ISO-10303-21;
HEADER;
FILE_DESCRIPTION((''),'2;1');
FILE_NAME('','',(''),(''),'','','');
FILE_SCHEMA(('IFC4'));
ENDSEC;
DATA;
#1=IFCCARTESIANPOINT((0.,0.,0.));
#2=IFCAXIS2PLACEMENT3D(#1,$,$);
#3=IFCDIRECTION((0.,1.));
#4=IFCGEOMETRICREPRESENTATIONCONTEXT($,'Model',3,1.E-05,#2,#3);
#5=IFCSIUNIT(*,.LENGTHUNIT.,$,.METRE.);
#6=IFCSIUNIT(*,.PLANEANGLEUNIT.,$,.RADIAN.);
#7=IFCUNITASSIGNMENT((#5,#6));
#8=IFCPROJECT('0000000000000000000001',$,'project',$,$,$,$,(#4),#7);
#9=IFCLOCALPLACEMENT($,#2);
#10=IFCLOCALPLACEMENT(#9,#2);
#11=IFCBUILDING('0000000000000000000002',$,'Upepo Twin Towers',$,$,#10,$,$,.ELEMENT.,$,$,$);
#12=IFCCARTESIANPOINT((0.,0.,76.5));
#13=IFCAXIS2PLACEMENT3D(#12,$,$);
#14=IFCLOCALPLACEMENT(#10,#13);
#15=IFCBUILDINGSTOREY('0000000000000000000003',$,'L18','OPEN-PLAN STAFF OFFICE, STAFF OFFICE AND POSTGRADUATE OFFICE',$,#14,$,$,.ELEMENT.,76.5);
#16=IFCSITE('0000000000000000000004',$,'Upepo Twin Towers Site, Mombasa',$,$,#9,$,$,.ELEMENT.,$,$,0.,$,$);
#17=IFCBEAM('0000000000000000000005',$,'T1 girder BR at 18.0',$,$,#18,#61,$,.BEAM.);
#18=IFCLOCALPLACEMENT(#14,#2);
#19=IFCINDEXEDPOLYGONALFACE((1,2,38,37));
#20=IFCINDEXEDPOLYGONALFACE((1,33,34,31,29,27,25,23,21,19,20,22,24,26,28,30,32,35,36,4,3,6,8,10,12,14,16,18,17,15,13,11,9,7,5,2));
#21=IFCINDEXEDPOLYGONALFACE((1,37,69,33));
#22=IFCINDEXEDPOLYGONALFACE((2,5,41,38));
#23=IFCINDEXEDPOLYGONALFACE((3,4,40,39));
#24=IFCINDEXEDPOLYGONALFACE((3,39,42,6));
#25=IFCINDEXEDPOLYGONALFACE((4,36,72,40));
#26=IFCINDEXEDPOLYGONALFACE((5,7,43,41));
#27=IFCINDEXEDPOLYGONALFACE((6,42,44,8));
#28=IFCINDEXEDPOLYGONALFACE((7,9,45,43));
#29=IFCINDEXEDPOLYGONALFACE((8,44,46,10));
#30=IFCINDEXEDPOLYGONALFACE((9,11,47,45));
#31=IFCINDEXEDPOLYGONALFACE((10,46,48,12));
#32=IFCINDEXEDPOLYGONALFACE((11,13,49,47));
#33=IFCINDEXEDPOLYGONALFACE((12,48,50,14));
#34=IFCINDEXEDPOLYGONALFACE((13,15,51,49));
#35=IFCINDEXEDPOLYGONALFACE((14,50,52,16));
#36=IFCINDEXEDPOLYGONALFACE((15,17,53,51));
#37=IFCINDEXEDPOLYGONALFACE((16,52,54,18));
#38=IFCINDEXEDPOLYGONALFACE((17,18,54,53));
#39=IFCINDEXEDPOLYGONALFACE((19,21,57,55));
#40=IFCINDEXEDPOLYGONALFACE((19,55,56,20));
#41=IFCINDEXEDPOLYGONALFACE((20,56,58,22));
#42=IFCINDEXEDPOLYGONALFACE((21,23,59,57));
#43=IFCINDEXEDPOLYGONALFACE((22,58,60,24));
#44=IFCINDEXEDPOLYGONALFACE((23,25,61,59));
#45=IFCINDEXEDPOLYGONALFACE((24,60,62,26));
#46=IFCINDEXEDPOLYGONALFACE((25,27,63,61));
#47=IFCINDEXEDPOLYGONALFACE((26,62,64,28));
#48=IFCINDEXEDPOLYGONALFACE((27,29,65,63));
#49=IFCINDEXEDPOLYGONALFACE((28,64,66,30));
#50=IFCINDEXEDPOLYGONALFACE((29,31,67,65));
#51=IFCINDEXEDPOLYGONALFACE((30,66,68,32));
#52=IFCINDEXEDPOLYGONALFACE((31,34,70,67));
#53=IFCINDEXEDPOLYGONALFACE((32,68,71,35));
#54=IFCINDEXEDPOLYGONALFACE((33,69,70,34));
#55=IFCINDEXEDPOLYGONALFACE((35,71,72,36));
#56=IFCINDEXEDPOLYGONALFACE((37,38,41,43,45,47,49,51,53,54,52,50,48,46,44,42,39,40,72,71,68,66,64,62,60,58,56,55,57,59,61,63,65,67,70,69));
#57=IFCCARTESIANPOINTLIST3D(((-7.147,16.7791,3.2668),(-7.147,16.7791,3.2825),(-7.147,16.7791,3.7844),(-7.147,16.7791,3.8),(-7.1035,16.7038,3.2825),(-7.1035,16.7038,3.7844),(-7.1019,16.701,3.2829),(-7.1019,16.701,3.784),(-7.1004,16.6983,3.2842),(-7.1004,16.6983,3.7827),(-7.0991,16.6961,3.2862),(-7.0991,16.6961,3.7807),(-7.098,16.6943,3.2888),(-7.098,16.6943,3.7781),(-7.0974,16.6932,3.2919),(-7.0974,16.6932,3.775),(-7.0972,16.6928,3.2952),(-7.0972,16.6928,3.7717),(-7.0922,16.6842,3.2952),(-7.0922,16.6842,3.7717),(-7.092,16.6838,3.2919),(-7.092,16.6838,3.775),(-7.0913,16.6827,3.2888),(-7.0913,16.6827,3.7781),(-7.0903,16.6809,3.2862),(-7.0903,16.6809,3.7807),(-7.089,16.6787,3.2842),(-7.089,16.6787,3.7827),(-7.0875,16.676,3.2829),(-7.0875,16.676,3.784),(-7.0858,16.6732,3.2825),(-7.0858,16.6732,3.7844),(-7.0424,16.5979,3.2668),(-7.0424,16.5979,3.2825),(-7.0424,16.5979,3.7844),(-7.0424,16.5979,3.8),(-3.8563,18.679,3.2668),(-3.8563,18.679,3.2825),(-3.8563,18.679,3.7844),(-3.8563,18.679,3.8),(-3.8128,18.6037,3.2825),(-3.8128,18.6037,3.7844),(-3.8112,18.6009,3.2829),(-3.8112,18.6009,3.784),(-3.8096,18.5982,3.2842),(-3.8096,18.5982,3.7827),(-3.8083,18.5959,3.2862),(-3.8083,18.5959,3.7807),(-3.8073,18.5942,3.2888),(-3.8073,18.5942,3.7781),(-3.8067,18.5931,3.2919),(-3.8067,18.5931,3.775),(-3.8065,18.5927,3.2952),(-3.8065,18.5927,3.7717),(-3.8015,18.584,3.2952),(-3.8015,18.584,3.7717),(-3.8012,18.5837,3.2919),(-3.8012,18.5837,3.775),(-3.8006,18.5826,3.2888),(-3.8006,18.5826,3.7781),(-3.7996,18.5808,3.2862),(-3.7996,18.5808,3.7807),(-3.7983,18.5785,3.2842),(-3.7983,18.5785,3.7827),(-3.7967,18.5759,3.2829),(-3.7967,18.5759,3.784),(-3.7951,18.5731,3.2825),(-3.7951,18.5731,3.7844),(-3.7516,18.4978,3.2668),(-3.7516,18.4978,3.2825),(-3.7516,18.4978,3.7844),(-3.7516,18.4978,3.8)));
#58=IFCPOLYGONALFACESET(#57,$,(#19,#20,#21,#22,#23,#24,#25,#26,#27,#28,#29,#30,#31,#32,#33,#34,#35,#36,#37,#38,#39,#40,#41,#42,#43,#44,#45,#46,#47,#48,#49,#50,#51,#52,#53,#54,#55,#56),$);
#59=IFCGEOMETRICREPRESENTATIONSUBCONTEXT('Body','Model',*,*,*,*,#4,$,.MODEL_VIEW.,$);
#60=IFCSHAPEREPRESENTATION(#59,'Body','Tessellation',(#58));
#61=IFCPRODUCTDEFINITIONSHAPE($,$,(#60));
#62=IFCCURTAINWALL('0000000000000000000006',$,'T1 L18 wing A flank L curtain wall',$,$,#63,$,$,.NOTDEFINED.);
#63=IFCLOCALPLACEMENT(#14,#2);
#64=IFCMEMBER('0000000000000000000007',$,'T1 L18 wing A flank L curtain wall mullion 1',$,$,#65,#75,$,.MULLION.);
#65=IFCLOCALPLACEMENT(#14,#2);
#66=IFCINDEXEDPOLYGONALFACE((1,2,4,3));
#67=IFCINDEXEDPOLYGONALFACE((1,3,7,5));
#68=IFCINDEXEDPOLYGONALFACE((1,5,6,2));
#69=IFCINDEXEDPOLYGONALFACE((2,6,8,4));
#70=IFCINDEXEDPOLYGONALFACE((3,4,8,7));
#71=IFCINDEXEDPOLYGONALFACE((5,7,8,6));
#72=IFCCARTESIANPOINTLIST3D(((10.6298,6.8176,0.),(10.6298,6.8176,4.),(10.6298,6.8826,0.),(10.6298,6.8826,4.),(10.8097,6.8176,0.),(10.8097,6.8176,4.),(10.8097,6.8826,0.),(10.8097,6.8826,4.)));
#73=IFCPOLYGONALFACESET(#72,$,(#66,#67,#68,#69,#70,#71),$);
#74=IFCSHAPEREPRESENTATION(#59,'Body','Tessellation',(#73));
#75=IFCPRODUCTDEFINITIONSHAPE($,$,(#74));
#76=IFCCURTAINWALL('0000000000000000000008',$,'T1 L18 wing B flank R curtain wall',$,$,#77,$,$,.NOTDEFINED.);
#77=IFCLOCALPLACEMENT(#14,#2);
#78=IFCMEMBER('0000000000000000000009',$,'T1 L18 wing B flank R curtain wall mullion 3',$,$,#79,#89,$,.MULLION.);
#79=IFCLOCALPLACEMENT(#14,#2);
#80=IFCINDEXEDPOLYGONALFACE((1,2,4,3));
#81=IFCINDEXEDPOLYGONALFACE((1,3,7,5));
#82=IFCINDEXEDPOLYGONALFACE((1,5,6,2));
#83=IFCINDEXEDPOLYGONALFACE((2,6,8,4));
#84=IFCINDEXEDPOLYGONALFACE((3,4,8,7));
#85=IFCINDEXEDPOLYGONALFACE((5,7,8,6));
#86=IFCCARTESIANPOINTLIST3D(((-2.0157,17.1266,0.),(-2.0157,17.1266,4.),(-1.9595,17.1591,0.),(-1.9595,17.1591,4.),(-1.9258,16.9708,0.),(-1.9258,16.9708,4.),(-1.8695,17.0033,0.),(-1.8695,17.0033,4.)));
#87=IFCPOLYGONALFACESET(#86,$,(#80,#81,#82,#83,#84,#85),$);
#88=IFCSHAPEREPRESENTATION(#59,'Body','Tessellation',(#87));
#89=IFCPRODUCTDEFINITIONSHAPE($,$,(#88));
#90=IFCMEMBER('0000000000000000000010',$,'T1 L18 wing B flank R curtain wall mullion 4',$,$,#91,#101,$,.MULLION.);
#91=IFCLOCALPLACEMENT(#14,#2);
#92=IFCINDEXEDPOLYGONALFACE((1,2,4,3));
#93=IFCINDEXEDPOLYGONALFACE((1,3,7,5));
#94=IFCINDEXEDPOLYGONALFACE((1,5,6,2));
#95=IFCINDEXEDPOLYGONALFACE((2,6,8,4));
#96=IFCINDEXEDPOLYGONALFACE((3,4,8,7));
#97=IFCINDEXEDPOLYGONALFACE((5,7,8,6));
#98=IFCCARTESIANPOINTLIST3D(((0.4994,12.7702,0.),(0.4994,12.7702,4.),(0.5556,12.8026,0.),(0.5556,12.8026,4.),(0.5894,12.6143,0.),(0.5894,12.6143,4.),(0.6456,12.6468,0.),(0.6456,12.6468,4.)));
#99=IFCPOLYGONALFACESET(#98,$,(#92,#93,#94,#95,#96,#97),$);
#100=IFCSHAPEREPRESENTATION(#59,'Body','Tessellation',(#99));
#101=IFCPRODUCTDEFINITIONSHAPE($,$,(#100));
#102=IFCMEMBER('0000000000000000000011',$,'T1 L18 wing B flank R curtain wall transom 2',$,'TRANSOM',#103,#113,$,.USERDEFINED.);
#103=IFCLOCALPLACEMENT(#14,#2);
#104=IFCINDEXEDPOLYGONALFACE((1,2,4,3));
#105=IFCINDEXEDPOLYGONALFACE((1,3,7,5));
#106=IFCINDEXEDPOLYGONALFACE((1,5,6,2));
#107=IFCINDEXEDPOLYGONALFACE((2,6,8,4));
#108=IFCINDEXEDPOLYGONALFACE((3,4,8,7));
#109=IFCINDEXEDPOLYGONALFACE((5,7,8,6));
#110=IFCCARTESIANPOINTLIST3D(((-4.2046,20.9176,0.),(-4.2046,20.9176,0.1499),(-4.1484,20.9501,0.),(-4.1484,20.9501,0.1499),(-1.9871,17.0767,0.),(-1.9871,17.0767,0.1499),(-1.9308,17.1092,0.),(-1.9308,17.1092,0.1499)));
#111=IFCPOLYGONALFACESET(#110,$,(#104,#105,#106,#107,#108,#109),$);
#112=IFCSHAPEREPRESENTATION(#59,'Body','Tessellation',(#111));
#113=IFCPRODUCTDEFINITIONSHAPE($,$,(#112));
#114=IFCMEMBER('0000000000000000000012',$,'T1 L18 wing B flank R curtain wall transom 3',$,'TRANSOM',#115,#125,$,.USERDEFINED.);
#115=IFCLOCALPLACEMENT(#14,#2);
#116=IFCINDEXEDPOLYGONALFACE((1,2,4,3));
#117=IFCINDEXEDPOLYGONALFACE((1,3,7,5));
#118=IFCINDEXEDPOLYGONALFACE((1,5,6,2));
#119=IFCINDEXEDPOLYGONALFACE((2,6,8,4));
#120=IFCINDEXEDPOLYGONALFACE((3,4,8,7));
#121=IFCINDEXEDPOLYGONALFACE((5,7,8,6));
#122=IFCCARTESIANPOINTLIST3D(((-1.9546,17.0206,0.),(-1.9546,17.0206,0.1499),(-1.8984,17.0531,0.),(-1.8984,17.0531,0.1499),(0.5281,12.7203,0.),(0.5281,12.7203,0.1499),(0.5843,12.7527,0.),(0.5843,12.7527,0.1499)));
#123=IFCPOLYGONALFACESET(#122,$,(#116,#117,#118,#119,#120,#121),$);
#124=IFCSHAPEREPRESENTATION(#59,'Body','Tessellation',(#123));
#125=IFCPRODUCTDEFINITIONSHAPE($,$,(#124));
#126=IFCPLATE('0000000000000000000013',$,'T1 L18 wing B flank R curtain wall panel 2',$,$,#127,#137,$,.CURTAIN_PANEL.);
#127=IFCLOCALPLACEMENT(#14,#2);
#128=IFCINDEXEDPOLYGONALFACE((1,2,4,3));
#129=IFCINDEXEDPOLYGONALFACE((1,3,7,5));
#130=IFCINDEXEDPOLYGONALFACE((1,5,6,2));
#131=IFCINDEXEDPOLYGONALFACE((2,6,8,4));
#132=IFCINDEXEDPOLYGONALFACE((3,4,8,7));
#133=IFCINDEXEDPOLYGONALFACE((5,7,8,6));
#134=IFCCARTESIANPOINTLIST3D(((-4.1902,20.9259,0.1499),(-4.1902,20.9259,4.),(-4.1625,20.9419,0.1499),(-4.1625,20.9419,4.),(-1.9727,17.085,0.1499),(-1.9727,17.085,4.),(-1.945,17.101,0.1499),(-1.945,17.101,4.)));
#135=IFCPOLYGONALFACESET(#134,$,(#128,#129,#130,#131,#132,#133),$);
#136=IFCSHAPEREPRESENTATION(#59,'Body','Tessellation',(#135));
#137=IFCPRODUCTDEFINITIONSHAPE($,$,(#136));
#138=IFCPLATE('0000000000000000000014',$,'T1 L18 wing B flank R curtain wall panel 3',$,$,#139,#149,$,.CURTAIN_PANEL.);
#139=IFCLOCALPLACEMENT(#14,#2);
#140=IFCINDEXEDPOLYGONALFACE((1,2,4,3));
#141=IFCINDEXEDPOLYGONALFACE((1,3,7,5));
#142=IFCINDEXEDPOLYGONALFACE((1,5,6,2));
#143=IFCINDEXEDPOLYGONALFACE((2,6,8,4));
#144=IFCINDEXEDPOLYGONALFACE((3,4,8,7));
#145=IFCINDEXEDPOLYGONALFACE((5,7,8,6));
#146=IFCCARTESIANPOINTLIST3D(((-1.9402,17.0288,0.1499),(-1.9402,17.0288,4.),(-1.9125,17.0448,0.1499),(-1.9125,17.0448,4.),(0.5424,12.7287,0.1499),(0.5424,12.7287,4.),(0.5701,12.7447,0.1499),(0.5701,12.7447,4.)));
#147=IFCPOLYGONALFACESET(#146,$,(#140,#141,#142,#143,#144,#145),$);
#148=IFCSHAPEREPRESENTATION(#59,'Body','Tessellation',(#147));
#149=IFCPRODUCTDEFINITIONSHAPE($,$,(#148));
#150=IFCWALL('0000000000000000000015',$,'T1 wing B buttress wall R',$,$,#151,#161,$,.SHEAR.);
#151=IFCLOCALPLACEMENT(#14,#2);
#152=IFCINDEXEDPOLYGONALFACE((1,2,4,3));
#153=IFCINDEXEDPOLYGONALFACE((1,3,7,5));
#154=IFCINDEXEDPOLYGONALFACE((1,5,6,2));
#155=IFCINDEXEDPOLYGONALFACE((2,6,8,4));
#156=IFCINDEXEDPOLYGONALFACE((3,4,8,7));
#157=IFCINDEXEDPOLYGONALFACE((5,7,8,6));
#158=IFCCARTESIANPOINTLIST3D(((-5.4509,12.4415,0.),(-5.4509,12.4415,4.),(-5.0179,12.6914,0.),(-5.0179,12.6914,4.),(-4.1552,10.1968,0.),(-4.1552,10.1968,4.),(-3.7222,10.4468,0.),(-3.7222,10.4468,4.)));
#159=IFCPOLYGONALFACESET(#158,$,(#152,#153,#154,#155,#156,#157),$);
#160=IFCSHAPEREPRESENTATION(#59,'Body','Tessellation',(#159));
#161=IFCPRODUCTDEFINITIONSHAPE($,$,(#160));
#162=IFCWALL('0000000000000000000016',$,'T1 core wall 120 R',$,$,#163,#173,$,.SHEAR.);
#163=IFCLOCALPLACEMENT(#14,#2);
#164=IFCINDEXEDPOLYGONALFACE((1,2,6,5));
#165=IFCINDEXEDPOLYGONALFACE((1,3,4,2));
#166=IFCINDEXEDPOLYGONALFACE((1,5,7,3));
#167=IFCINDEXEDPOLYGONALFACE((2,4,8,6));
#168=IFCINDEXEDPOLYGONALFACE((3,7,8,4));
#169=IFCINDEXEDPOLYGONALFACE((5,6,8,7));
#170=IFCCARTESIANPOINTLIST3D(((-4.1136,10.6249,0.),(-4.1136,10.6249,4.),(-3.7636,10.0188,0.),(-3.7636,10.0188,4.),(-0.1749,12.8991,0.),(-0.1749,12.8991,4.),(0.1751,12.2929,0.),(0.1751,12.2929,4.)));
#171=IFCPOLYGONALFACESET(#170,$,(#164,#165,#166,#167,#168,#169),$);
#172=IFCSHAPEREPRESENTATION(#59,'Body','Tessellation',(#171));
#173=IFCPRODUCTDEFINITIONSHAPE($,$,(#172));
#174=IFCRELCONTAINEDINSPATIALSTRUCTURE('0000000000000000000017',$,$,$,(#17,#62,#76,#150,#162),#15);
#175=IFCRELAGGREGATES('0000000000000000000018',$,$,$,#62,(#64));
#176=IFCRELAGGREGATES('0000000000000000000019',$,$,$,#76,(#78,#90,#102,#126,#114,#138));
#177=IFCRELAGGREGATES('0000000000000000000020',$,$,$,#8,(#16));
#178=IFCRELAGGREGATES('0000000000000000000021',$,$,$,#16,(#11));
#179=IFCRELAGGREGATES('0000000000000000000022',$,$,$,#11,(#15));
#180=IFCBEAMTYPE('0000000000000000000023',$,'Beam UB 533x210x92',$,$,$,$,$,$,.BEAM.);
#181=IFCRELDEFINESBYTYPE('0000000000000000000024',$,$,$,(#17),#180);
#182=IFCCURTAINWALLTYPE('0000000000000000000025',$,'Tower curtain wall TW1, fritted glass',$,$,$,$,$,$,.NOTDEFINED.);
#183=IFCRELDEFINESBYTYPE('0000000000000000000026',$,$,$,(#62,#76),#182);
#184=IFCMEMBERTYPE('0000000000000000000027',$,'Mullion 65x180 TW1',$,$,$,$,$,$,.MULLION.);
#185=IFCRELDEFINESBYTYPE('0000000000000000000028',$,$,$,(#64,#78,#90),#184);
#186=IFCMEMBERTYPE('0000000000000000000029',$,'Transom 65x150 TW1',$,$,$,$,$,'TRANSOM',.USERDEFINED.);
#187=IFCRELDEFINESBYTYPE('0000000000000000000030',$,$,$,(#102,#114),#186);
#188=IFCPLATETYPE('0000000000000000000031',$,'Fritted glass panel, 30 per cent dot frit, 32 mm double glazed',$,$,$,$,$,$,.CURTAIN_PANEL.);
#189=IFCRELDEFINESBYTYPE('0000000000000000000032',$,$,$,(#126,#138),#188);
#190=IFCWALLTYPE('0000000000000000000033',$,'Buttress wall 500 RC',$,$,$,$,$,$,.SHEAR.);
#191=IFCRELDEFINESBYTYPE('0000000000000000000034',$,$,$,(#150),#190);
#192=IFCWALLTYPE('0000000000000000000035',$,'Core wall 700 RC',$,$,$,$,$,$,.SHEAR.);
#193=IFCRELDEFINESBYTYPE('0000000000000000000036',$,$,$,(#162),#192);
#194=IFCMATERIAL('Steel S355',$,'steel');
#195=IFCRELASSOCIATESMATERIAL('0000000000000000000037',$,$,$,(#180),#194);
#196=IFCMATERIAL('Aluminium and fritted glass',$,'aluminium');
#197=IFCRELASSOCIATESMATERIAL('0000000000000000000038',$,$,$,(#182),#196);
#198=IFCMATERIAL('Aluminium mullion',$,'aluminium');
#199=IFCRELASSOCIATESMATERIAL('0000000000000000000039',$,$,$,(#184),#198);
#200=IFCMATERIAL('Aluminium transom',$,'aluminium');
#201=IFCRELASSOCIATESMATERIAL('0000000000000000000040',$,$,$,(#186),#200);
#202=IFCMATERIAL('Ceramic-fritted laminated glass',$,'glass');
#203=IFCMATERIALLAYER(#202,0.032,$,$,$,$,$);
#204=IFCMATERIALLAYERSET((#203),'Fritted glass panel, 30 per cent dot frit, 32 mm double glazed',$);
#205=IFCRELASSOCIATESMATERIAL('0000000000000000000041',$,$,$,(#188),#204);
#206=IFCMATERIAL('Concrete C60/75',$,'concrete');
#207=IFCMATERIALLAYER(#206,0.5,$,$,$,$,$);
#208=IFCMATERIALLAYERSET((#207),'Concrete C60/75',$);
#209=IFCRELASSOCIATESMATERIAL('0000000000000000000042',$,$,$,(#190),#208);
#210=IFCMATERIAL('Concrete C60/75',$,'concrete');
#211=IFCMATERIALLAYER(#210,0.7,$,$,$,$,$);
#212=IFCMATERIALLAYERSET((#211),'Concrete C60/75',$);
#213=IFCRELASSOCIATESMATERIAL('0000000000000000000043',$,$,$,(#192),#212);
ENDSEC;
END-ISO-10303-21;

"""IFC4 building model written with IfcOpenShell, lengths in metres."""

from ifc_helpers import new_model, si_unit, direction, frame, frame_2d, origin, origin_2d, place, context, subcontext, project, spatial, rectangle, i_section, extrude, material, layer, layer_set, material_profile, profile_set, type_object, element, aggregate, save


model = new_model("IFC4")

# Units and contexts
model_context = context("Model", 3, precision=1e-05, world=origin(), true_north=direction((0.0, 1.0)))
body_context = subcontext(model_context, "Body", "Model", "MODEL_VIEW")
ifc_project = project(units=[si_unit("LENGTHUNIT", "METRE"), si_unit("PLANEANGLEUNIT", "RADIAN")], contexts=[model_context])

# Site, building, storey
site_placement = place(None, origin())
site = spatial("IfcSite", under=ifc_project, at=site_placement, Name="Upepo Twin Towers Site, Mombasa", CompositionType="ELEMENT", RefElevation=0.0)
building_placement = place(site_placement, origin())
building = spatial("IfcBuilding", under=site, at=building_placement, Name="Upepo Twin Towers", CompositionType="ELEMENT")
storey_placement = place(building_placement, frame((0.0, 0.0, 76.5)))
storey = spatial("IfcBuildingStorey", under=building, at=storey_placement, Name="L18", Description="OPEN-PLAN STAFF OFFICE, STAFF OFFICE AND POSTGRADUATE OFFICE", CompositionType="ELEMENT", Elevation=76.5)

# Beam
ifc_material_1 = material(Name="Steel S355", Category="steel")
ifc_material_profile_1 = material_profile(ifc_material_1, i_section(OverallWidth=0.2092, OverallDepth=0.5332, WebThickness=0.01, FlangeThickness=0.0156, FilletRadius=0.0127, at=origin_2d()), Name="UB 533x210x92")
ifc_profile_set_1 = profile_set([ifc_material_profile_1], Name="Steel S355")
beam_type_1 = type_object("IfcBeamType", Name="Beam UB 533x210x92", PredefinedType="BEAM", material=ifc_profile_set_1)
beam_1_placement = place(storey_placement, frame((-3.804, 18.5884, 3.5334), z_axis=(-0.866028, -0.499995, 0.0), x_axis=(0.499995, -0.866028, 0.0)))
element("IfcBeam", 1, at=beam_1_placement, inside=storey, type_object=beam_type_1, Name="T1 girder BR at 18.0", PredefinedType="BEAM", context=body_context, shape_type="SweptSolid", body=[
    extrude(i_section(OverallWidth=0.2092, OverallDepth=0.5332, WebThickness=0.01, FlangeThickness=0.0156, FilletRadius=0.0127, at=origin_2d()), origin(), (0.0, 0.0, 1.0), 3.7998),
])

# Curtain wall, member
ifc_material_2 = material(Name="Aluminium and fritted glass", Category="aluminium")
curtain_wall_type = type_object("IfcCurtainWallType", Name="Tower curtain wall TW1, fritted glass", PredefinedType="NOTDEFINED", material=ifc_material_2)
curtain_wall_1_placement = place(storey_placement, origin())
curtain_wall_1 = element("IfcCurtainWall", 2, at=curtain_wall_1_placement, inside=storey, type_object=curtain_wall_type, Name="T1 L18 wing A flank L curtain wall", PredefinedType="NOTDEFINED")
ifc_material_3 = material(Name="Aluminium mullion", Category="aluminium")
ifc_material_profile_2 = material_profile(ifc_material_3, rectangle(XDim=0.0649, YDim=0.1799, at=origin_2d()), Name="MULLION 65x180")
ifc_profile_set_2 = profile_set([ifc_material_profile_2], Name="Aluminium mullion")
member_type_1 = type_object("IfcMemberType", Name="Mullion 65x180 TW1", PredefinedType="MULLION", material=ifc_profile_set_2)
member_1_placement = place(storey_placement, frame((10.7197, 6.8501, 0.0), z_axis=(0.0, 0.0, 1.0), x_axis=(0.0, 1.0, 0.0)))
member_1 = element("IfcMember", 3, at=member_1_placement, type_object=member_type_1, Name="T1 L18 wing A flank L curtain wall mullion 1", PredefinedType="MULLION", context=body_context, shape_type="SweptSolid", body=[
    extrude(rectangle(XDim=0.0649, YDim=0.1799, at=origin_2d()), origin(), (0.0, 0.0, 1.0), 4.0),
])
aggregate(curtain_wall_1, [member_1])

# Curtain wall, members, plates
curtain_wall_2_placement = place(storey_placement, origin())
curtain_wall_2 = element("IfcCurtainWall", 4, at=curtain_wall_2_placement, inside=storey, type_object=curtain_wall_type, Name="T1 L18 wing B flank R curtain wall", PredefinedType="NOTDEFINED")
member_2_placement = place(storey_placement, frame((-1.9426, 17.0649, 0.0), z_axis=(0.0, 0.0, 1.0), x_axis=(0.866025, 0.5, 0.0)))
member_2 = element("IfcMember", 5, at=member_2_placement, type_object=member_type_1, Name="T1 L18 wing B flank R curtain wall mullion 3", PredefinedType="MULLION", context=body_context, shape_type="SweptSolid", body=[
    extrude(rectangle(XDim=0.0649, YDim=0.1799, at=origin_2d()), origin(), (0.0, 0.0, 1.0), 4.0),
])
member_3_placement = place(storey_placement, frame((0.5725, 12.7085, 0.0), z_axis=(0.0, 0.0, 1.0), x_axis=(0.866025, 0.5, 0.0)))
member_3 = element("IfcMember", 6, at=member_3_placement, type_object=member_type_1, Name="T1 L18 wing B flank R curtain wall mullion 4", PredefinedType="MULLION", context=body_context, shape_type="SweptSolid", body=[
    extrude(rectangle(XDim=0.0649, YDim=0.1799, at=origin_2d()), origin(), (0.0, 0.0, 1.0), 4.0),
])
ifc_material_4 = material(Name="Aluminium transom", Category="aluminium")
ifc_material_profile_3 = material_profile(ifc_material_4, rectangle(XDim=0.0649, YDim=0.1499, at=origin_2d()), Name="TRANSOM 65x150")
ifc_profile_set_3 = profile_set([ifc_material_profile_3], Name="Aluminium transom")
member_type_2 = type_object("IfcMemberType", Name="Transom 65x150 TW1", ElementType="TRANSOM", PredefinedType="USERDEFINED", material=ifc_profile_set_3)
member_4_placement = place(storey_placement, frame((-4.1765, 20.9338, 0.075), z_axis=(0.500005, -0.866022, 0.0), x_axis=(0.866022, 0.500005, 0.0)))
member_4 = element("IfcMember", 7, at=member_4_placement, type_object=member_type_2, Name="T1 L18 wing B flank R curtain wall transom 2", ObjectType="TRANSOM", PredefinedType="USERDEFINED", context=body_context, shape_type="SweptSolid", body=[
    extrude(rectangle(XDim=0.0649, YDim=0.1499, at=origin_2d()), origin(), (0.0, 0.0, 1.0), 4.4351),
])
member_5_placement = place(storey_placement, frame((-1.9265, 17.0369, 0.075), z_axis=(0.499983, -0.866035, 0.0), x_axis=(0.866035, 0.499983, 0.0)))
member_5 = element("IfcMember", 8, at=member_5_placement, type_object=member_type_2, Name="T1 L18 wing B flank R curtain wall transom 3", ObjectType="TRANSOM", PredefinedType="USERDEFINED", context=body_context, shape_type="SweptSolid", body=[
    extrude(rectangle(XDim=0.0649, YDim=0.1499, at=origin_2d()), origin(), (0.0, 0.0, 1.0), 4.9656),
])
ifc_material_5 = material(Name="Ceramic-fritted laminated glass", Category="glass")
ifc_layer_1 = layer(ifc_material_5, 0.032)
ifc_layer_set_1 = layer_set([ifc_layer_1], Name="Fritted glass panel, 30 per cent dot frit, 32 mm double glazed")
plate_type = type_object("IfcPlateType", Name="Fritted glass panel, 30 per cent dot frit, 32 mm double glazed", PredefinedType="CURTAIN_PANEL", material=ifc_layer_set_1)
plate_1_placement = place(storey_placement, frame((-3.0676, 19.0134, 0.1499), z_axis=(0.0, 0.0, 1.0), x_axis=(0.5, -0.866025, 0.0)))
plate_1 = element("IfcPlate", 9, at=plate_1_placement, type_object=plate_type, Name="T1 L18 wing B flank R curtain wall panel 2", PredefinedType="CURTAIN_PANEL", context=body_context, shape_type="SweptSolid", body=[
    extrude(rectangle(XDim=4.4351, YDim=0.032, at=origin_2d()), origin(), (0.0, 0.0, 1.0), 3.8501),
])
plate_2_placement = place(storey_placement, frame((-0.6851, 14.8867, 0.1499), z_axis=(0.0, 0.0, 1.0), x_axis=(0.5, -0.866025, 0.0)))
plate_2 = element("IfcPlate", 10, at=plate_2_placement, type_object=plate_type, Name="T1 L18 wing B flank R curtain wall panel 3", PredefinedType="CURTAIN_PANEL", context=body_context, shape_type="SweptSolid", body=[
    extrude(rectangle(XDim=4.9653, YDim=0.032, at=origin_2d()), origin(), (0.0, 0.0, 1.0), 3.8501),
])
aggregate(curtain_wall_2, [member_2, member_3, member_4, plate_1, member_5, plate_2])

# Walls
ifc_material_6 = material(Name="Concrete C60/75", Category="concrete")
ifc_layer_2 = layer(ifc_material_6, 0.5)
ifc_layer_set_2 = layer_set([ifc_layer_2], Name="Concrete C60/75")
wall_type_1 = type_object("IfcWallType", Name="Buttress wall 500 RC", PredefinedType="SHEAR", material=ifc_layer_set_2)
wall_1_placement = place(storey_placement, frame((-3.9387, 10.3218, 0.0), z_axis=(0.0, 0.0, 1.0), x_axis=(-0.499918, 0.866073, 0.0)))
element("IfcWall", 11, at=wall_1_placement, inside=storey, type_object=wall_type_1, Name="T1 wing B buttress wall R", PredefinedType="SHEAR", context=body_context, shape_type="SweptSolid", body=[
    extrude(rectangle(XDim=2.5918, YDim=0.5, at=frame_2d((1.2959, 0.0))), origin(), (0.0, 0.0, 1.0), 4.0),
])
ifc_material_7 = material(Name="Concrete C60/75", Category="concrete")
ifc_layer_3 = layer(ifc_material_7, 0.7)
ifc_layer_set_3 = layer_set([ifc_layer_3], Name="Concrete C60/75")
wall_type_2 = type_object("IfcWallType", Name="Core wall 700 RC", PredefinedType="SHEAR", material=ifc_layer_set_3)
wall_2_placement = place(storey_placement, frame((0.0, 12.5959, 0.0), z_axis=(0.0, 0.0, 1.0), x_axis=(-0.866011, -0.500024, 0.0)))
element("IfcWall", 12, at=wall_2_placement, inside=storey, type_object=wall_type_2, Name="T1 core wall 120 R", PredefinedType="SHEAR", context=body_context, shape_type="SweptSolid", body=[
    extrude(rectangle(XDim=4.5481, YDim=0.7, at=frame_2d((2.2739, 0.0))), origin(), (0.0, 0.0, 1.0), 4.0),
])

save(model, "model.ifc")
